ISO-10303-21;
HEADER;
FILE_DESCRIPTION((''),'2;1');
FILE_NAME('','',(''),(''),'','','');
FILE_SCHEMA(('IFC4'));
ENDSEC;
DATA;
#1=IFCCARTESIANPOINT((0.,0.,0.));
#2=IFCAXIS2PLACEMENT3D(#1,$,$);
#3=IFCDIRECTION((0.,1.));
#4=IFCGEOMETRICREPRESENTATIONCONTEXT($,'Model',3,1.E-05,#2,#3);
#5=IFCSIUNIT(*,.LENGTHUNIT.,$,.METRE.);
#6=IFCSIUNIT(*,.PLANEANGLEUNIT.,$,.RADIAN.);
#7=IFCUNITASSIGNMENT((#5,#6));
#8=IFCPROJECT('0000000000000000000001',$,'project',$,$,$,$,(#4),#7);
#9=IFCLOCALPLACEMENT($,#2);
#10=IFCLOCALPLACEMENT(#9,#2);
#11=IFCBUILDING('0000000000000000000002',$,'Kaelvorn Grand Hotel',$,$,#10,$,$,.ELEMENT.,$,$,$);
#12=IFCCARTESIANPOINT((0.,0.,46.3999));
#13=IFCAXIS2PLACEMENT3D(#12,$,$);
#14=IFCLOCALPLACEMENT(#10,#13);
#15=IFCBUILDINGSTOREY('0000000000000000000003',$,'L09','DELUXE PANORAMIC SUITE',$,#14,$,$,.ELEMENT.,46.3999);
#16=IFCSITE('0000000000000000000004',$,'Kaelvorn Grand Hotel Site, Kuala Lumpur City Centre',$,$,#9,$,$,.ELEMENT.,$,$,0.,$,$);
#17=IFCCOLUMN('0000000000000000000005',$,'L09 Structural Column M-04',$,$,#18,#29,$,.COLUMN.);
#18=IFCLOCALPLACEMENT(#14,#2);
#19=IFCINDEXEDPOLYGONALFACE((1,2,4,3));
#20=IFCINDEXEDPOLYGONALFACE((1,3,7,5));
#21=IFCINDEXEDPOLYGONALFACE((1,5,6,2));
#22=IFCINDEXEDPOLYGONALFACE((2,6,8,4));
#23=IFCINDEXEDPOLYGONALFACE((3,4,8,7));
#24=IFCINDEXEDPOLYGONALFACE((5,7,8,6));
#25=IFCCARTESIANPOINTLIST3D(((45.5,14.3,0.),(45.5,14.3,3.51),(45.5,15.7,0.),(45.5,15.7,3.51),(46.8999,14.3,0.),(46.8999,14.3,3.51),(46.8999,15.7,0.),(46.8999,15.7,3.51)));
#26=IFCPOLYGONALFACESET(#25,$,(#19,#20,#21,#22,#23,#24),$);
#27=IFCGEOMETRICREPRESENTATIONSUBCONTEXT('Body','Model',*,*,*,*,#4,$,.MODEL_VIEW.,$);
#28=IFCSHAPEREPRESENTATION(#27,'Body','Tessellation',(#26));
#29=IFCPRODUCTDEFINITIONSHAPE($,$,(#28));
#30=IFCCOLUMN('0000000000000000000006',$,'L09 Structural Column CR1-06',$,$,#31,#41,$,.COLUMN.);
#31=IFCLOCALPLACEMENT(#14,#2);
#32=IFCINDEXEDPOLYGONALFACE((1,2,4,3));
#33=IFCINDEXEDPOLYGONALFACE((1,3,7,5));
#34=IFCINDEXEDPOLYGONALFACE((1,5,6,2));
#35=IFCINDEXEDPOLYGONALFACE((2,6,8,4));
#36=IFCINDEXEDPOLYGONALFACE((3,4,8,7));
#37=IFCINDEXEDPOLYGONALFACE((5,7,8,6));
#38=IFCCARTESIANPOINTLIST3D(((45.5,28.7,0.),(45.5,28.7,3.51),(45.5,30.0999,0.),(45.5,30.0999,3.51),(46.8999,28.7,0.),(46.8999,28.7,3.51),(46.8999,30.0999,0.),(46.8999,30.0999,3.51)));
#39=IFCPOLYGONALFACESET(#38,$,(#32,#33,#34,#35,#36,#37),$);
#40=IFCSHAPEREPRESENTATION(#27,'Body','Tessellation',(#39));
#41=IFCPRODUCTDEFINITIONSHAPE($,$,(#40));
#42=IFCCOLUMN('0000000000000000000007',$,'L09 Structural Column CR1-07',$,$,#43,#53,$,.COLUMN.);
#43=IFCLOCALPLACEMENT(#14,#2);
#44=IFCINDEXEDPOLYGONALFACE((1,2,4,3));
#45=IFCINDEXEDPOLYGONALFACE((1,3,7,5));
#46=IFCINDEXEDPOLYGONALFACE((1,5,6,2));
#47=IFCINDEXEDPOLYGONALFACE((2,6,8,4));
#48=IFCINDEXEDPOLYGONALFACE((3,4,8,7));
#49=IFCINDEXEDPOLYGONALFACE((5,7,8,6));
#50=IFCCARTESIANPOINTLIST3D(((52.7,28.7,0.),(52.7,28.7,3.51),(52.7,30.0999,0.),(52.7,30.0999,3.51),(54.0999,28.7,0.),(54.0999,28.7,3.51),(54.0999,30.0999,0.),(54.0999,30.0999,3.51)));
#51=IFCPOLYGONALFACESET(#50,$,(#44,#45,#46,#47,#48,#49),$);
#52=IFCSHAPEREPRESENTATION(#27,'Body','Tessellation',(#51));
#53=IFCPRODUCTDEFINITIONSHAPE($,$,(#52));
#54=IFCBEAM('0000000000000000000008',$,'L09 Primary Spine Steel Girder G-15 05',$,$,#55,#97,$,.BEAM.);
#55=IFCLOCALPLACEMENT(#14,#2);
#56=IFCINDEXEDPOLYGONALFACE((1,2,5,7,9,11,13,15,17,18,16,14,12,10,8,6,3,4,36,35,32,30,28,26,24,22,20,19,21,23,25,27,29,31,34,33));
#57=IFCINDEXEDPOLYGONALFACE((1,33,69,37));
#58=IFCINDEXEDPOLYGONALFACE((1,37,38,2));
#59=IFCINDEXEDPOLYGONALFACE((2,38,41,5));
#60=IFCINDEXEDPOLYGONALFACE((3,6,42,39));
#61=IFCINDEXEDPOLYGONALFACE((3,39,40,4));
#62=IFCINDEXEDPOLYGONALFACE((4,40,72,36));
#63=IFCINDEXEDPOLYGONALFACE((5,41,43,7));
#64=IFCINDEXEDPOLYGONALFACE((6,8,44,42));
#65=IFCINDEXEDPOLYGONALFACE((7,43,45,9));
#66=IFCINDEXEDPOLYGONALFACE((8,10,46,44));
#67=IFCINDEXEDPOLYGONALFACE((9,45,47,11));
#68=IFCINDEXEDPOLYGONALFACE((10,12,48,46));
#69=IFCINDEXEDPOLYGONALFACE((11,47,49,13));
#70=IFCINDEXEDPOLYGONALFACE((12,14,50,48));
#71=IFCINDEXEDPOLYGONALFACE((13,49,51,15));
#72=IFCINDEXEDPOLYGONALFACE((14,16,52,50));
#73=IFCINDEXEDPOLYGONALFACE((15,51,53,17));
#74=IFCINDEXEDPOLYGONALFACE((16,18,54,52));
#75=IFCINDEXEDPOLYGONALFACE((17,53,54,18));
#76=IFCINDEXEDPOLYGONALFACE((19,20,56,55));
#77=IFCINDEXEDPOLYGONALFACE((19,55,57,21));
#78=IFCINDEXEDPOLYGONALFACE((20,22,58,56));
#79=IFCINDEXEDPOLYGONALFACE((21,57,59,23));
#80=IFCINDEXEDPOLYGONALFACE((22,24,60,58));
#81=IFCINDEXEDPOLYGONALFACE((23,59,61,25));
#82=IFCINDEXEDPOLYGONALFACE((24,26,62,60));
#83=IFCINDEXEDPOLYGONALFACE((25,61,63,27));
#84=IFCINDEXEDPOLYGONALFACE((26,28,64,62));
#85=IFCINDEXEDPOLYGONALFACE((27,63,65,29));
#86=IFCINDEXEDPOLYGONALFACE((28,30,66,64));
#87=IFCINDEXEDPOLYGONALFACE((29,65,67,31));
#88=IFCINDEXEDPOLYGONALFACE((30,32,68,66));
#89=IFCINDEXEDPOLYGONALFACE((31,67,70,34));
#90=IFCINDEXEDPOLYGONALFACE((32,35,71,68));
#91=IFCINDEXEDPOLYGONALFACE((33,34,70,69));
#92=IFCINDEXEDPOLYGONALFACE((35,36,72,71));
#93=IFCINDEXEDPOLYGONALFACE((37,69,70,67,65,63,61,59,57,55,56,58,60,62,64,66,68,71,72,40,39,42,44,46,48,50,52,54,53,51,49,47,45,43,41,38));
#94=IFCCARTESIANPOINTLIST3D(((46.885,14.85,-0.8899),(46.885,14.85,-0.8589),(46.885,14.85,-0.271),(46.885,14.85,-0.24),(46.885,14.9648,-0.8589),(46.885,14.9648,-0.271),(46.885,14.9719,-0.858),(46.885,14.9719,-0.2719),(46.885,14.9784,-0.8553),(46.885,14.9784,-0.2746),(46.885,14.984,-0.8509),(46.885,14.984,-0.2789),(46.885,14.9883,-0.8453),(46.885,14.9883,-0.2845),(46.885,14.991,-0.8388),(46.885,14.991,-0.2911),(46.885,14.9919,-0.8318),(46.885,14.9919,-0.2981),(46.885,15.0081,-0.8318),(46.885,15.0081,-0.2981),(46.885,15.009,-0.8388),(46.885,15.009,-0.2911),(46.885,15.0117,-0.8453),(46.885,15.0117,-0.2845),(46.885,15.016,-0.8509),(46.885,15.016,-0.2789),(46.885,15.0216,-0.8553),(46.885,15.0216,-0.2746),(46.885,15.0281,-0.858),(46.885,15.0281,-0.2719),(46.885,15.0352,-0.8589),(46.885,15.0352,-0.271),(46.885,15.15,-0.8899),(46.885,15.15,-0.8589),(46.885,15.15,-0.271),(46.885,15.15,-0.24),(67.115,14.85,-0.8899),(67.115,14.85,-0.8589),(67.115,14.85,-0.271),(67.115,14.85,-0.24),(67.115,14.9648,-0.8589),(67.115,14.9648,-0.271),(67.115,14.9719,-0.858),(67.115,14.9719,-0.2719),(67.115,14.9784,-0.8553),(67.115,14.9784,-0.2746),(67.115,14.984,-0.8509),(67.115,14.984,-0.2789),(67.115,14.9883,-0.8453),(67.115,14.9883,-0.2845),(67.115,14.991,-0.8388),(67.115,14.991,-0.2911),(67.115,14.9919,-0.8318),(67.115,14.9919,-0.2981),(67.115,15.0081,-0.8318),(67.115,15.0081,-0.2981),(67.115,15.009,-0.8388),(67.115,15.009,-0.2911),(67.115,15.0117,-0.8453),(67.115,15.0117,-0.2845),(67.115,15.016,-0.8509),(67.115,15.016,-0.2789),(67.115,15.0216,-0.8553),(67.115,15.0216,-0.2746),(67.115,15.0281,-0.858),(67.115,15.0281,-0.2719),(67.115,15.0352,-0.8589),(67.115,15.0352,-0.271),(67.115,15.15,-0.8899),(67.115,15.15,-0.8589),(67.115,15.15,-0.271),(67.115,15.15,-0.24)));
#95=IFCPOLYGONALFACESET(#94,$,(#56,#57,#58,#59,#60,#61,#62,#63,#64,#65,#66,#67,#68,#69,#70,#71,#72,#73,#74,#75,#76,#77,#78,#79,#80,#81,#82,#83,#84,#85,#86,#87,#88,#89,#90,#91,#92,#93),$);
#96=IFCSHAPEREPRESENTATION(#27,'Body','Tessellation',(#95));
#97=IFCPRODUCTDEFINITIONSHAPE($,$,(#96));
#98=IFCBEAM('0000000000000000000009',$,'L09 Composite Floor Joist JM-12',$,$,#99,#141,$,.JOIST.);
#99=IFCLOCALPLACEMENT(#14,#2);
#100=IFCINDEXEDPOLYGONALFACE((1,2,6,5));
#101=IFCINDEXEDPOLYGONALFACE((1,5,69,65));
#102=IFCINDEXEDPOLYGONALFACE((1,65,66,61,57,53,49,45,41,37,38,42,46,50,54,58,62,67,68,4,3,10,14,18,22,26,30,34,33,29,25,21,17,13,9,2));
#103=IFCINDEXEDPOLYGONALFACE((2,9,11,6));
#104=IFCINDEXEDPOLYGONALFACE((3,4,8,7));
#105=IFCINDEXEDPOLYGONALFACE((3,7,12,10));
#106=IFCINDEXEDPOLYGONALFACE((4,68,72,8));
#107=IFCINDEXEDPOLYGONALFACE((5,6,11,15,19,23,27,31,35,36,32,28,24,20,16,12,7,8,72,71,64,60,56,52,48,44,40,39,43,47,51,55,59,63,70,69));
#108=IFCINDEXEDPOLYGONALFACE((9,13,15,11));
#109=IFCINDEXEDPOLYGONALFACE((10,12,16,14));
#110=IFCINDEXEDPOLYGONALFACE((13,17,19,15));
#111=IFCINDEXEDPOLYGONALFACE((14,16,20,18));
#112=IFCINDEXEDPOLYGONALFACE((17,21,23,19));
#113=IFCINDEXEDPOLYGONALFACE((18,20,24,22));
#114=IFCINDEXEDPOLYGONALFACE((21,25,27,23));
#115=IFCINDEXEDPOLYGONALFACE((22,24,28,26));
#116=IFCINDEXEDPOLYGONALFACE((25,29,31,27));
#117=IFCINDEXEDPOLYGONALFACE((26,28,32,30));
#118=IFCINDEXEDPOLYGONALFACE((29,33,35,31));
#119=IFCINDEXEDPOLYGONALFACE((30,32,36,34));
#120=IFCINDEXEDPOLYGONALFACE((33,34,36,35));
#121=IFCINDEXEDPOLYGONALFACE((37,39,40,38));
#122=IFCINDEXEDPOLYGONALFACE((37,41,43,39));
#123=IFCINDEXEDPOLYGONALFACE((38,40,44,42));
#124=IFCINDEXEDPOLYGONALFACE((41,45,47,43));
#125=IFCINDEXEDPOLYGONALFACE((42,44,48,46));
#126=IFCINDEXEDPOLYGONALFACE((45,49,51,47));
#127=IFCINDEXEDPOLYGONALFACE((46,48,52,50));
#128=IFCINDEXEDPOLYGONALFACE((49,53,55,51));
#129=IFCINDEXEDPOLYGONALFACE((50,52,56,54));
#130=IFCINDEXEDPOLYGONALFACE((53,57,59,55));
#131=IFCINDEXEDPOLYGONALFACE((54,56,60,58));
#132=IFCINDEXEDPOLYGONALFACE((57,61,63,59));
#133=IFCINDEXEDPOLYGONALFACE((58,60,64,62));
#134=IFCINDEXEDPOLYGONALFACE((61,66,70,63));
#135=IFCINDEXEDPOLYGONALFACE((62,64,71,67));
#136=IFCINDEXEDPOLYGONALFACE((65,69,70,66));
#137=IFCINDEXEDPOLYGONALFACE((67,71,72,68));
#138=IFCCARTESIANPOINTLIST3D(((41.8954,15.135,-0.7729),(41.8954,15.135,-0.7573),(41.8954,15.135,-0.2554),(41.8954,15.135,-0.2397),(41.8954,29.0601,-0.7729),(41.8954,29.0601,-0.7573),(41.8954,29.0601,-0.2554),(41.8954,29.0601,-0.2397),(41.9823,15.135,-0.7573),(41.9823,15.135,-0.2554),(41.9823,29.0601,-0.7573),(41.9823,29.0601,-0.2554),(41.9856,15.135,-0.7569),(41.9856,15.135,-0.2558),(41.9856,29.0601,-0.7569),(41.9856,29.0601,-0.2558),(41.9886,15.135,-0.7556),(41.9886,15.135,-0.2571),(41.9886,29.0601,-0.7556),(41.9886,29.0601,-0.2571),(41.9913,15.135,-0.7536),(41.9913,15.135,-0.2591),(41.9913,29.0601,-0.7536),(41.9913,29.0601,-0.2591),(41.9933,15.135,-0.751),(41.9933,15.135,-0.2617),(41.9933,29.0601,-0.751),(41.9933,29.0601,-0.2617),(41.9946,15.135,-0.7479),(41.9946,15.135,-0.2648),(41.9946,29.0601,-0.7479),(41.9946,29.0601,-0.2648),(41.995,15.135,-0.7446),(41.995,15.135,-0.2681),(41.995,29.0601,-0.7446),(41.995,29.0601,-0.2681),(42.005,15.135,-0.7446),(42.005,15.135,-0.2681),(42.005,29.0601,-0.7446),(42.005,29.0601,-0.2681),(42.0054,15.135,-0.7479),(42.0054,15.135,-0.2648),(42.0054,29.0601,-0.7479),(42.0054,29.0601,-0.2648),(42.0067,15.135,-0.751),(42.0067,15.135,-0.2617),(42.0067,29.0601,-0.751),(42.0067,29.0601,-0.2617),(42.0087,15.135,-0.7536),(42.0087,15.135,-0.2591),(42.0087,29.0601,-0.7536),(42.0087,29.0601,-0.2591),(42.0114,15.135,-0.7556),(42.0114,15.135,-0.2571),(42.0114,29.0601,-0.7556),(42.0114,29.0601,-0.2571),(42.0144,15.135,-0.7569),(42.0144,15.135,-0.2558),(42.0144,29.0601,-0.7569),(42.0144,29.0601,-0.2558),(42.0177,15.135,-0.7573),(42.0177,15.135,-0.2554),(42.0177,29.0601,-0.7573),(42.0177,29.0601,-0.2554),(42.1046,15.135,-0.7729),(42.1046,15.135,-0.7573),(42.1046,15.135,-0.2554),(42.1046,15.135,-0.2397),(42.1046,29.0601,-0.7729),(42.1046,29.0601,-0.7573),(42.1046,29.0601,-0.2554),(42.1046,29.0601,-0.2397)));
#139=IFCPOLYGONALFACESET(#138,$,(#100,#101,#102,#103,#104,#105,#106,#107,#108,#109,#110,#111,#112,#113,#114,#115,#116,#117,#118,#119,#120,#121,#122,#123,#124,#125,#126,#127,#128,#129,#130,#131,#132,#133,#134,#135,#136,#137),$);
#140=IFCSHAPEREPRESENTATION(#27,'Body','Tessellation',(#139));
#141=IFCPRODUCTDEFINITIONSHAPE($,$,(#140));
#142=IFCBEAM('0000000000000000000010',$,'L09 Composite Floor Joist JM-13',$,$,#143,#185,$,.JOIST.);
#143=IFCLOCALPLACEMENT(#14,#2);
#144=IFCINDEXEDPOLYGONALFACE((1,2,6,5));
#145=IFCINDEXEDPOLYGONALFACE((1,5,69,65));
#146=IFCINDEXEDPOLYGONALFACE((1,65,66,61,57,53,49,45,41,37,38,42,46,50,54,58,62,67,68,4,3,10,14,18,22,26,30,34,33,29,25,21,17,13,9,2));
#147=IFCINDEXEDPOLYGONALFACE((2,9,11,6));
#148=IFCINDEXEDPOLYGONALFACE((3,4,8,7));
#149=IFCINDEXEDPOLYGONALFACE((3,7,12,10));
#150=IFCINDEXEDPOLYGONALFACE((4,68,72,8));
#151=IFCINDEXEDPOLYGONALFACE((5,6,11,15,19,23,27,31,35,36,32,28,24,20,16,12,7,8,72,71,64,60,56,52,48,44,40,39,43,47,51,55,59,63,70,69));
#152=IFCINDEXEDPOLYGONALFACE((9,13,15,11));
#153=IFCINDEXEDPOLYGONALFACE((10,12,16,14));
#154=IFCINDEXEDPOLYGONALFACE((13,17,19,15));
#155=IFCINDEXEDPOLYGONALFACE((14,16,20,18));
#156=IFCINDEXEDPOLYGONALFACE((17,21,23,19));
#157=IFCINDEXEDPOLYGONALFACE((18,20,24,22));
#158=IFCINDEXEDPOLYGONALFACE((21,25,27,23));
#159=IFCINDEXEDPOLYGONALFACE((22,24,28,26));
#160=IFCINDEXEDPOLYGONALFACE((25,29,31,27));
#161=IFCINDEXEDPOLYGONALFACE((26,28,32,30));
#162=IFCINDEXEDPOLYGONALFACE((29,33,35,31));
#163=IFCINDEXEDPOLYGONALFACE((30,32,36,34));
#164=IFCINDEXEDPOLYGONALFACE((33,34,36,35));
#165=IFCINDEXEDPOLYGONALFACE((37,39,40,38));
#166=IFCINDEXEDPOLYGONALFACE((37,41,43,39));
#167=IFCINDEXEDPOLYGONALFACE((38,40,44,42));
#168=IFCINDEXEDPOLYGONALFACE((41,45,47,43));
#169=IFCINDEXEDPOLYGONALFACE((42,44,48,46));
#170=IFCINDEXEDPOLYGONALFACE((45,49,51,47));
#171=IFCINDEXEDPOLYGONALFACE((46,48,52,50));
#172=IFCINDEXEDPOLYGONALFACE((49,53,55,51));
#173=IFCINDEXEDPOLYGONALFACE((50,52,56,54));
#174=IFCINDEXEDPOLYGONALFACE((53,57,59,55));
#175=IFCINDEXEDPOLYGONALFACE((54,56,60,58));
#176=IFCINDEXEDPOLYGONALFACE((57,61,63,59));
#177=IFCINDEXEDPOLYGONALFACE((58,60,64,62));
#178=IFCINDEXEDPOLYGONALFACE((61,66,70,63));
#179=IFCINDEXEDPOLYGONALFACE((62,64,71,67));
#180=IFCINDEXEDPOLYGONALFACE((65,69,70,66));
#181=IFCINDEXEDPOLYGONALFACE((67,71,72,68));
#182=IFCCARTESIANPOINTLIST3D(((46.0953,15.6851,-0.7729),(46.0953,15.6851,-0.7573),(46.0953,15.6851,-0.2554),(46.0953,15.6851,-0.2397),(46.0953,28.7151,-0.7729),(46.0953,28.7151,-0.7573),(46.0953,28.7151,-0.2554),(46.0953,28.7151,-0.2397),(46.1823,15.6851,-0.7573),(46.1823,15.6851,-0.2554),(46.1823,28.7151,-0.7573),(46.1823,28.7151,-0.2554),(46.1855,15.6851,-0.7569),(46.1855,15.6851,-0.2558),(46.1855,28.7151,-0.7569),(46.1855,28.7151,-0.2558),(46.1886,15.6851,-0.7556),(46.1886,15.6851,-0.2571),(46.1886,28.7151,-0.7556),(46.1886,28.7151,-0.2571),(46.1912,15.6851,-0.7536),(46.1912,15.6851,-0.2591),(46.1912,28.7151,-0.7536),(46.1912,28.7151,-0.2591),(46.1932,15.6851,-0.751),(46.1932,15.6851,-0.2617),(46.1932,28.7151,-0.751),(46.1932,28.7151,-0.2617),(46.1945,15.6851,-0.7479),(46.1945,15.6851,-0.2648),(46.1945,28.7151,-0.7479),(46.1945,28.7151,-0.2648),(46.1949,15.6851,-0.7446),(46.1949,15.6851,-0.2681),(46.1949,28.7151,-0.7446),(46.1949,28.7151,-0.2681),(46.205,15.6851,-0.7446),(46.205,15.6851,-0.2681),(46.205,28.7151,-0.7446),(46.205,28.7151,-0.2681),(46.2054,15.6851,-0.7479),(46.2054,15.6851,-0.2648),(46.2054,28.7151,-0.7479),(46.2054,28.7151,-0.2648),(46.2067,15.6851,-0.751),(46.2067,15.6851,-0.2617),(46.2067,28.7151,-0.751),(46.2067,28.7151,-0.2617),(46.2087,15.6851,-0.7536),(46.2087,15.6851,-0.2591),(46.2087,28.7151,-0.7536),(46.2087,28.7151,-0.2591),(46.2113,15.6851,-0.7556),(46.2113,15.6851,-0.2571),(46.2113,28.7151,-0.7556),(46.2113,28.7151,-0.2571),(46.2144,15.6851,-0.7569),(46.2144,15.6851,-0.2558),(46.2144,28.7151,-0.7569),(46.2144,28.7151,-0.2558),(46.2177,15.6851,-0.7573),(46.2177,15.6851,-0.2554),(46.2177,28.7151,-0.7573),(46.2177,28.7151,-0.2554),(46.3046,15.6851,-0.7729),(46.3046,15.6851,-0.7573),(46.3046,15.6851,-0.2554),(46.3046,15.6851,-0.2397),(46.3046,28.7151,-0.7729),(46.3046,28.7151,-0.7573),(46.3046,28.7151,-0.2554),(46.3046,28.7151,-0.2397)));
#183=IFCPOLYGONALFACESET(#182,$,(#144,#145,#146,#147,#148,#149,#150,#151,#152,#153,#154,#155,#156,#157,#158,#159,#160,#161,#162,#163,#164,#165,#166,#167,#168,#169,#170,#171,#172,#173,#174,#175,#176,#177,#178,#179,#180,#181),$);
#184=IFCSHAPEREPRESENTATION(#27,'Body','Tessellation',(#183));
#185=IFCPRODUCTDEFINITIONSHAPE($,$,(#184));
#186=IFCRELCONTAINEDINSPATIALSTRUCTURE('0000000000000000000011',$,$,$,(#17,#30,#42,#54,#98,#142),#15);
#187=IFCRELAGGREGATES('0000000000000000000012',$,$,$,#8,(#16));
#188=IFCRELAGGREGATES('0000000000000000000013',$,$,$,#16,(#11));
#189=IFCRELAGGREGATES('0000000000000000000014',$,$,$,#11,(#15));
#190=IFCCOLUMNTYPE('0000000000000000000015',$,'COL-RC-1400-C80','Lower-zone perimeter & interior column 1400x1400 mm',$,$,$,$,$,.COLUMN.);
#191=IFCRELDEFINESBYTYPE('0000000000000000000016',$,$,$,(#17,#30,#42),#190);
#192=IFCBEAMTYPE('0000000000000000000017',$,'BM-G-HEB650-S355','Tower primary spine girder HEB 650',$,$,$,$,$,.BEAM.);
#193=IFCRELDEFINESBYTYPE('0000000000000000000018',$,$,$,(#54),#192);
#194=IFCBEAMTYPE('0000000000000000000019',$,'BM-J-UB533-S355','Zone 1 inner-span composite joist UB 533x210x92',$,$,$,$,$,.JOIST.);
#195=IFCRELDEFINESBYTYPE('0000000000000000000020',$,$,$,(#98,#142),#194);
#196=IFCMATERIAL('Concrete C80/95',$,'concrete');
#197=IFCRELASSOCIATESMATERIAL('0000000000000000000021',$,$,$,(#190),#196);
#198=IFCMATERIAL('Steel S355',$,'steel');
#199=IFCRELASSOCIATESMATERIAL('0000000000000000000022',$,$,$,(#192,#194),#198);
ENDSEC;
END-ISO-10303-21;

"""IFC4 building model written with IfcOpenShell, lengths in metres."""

from ifc_helpers import new_model, si_unit, direction, frame, origin, origin_2d, place, context, subcontext, project, spatial, rectangle, i_section, extrude, material, material_profile, profile_set, type_object, element, save


model = new_model("IFC4")

# Units and contexts
model_context = context("Model", 3, precision=1e-05, world=origin(), true_north=direction((0.0, 1.0)))
body_context = subcontext(model_context, "Body", "Model", "MODEL_VIEW")
ifc_project = project(units=[si_unit("LENGTHUNIT", "METRE"), si_unit("PLANEANGLEUNIT", "RADIAN")], contexts=[model_context])

# Site, building, storey
site_placement = place(None, origin())
site = spatial("IfcSite", under=ifc_project, at=site_placement, Name="Kaelvorn Grand Hotel Site, Kuala Lumpur City Centre", CompositionType="ELEMENT", RefElevation=0.0)
building_placement = place(site_placement, origin())
building = spatial("IfcBuilding", under=site, at=building_placement, Name="Kaelvorn Grand Hotel", CompositionType="ELEMENT")
storey_placement = place(building_placement, frame((0.0, 0.0, 46.3999)))
storey = spatial("IfcBuildingStorey", under=building, at=storey_placement, Name="L09", Description="DELUXE PANORAMIC SUITE", CompositionType="ELEMENT", Elevation=46.3999)

# Columns
ifc_material_1 = material(Name="Concrete C80/95", Category="concrete")
ifc_material_profile_1 = material_profile(ifc_material_1, rectangle(XDim=1.3999, YDim=1.3999, at=origin_2d()), Name="RC COL 1400x1400")
ifc_profile_set_1 = profile_set([ifc_material_profile_1], Name="Concrete C80/95")
column_type = type_object("IfcColumnType", Name="COL-RC-1400-C80", Description="Lower-zone perimeter & interior column 1400x1400 mm", PredefinedType="COLUMN", material=ifc_profile_set_1)
for number, where, z_axis, x_axis, name in (
    (1, (46.2, 15.0, 0.0), (0.0, 0.0, 1.0), (1.0, 0.0, 0.0), "L09 Structural Column M-04"),
    (2, (46.2, 29.3999, 0.0), (0.0, 0.0, 1.0), (1.0, 0.0, 0.0), "L09 Structural Column CR1-06"),
    (3, (53.3999, 29.3999, 0.0), (0.0, 0.0, 1.0), (1.0, 0.0, 0.0), "L09 Structural Column CR1-07"),
):
    element("IfcColumn", number, at=place(storey_placement, frame(where, z_axis=z_axis, x_axis=x_axis)), inside=storey, type_object=column_type, Name=name, PredefinedType="COLUMN", context=body_context, shape_type="SweptSolid", body=[
        extrude(rectangle(XDim=1.3999, YDim=1.3999, at=origin_2d()), origin(), (0.0, 0.0, 1.0), 3.51),
    ])

# Beams
ifc_material_2 = material(Name="Steel S355", Category="steel")
ifc_material_profile_2 = material_profile(ifc_material_2, i_section(OverallWidth=0.3, OverallDepth=0.6499, WebThickness=0.0161, FlangeThickness=0.031, FilletRadius=0.0271, at=origin_2d()), Name="HEB 650")
ifc_profile_set_2 = profile_set([ifc_material_profile_2], Name="Steel S355")
beam_type_1 = type_object("IfcBeamType", Name="BM-G-HEB650-S355", Description="Tower primary spine girder HEB 650", PredefinedType="BEAM", material=ifc_profile_set_2)
beam_1_placement = place(storey_placement, frame((46.885, 15.0, -0.5649), z_axis=(1.0, 0.0, 0.0), x_axis=(0.0, 1.0, 0.0)))
element("IfcBeam", 4, at=beam_1_placement, inside=storey, type_object=beam_type_1, Name="L09 Primary Spine Steel Girder G-15 05", PredefinedType="BEAM", context=body_context, shape_type="SweptSolid", body=[
    extrude(i_section(OverallWidth=0.3, OverallDepth=0.6499, WebThickness=0.0161, FlangeThickness=0.031, FilletRadius=0.0271, at=origin_2d()), origin(), (0.0, 0.0, 1.0), 20.23),
])
ifc_material_profile_3 = material_profile(ifc_material_2, i_section(OverallWidth=0.2092, OverallDepth=0.5332, WebThickness=0.01, FlangeThickness=0.0156, FilletRadius=0.0127, at=origin_2d()), Name="UB 533x210x92")
ifc_profile_set_3 = profile_set([ifc_material_profile_3], Name="Steel S355")
beam_type_2 = type_object("IfcBeamType", Name="BM-J-UB533-S355", Description="Zone 1 inner-span composite joist UB 533x210x92", PredefinedType="JOIST", material=ifc_profile_set_3)
beam_2_placement = place(storey_placement, frame((42.0, 15.135, -0.5063), z_axis=(0.0, 1.0, 0.0), x_axis=(-1.0, 0.0, 0.0)))
element("IfcBeam", 5, at=beam_2_placement, inside=storey, type_object=beam_type_2, Name="L09 Composite Floor Joist JM-12", PredefinedType="JOIST", context=body_context, shape_type="SweptSolid", body=[
    extrude(i_section(OverallWidth=0.2092, OverallDepth=0.5332, WebThickness=0.01, FlangeThickness=0.0156, FilletRadius=0.0127, at=origin_2d()), origin(), (0.0, 0.0, 1.0), 13.925),
])
beam_3_placement = place(storey_placement, frame((46.2, 15.6851, -0.5063), z_axis=(0.0, 1.0, 0.0), x_axis=(-1.0, 0.0, 0.0)))
element("IfcBeam", 6, at=beam_3_placement, inside=storey, type_object=beam_type_2, Name="L09 Composite Floor Joist JM-13", PredefinedType="JOIST", context=body_context, shape_type="SweptSolid", body=[
    extrude(i_section(OverallWidth=0.2092, OverallDepth=0.5332, WebThickness=0.01, FlangeThickness=0.0156, FilletRadius=0.0127, at=origin_2d()), origin(), (0.0, 0.0, 1.0), 13.03),
])

save(model, "model.ifc")
